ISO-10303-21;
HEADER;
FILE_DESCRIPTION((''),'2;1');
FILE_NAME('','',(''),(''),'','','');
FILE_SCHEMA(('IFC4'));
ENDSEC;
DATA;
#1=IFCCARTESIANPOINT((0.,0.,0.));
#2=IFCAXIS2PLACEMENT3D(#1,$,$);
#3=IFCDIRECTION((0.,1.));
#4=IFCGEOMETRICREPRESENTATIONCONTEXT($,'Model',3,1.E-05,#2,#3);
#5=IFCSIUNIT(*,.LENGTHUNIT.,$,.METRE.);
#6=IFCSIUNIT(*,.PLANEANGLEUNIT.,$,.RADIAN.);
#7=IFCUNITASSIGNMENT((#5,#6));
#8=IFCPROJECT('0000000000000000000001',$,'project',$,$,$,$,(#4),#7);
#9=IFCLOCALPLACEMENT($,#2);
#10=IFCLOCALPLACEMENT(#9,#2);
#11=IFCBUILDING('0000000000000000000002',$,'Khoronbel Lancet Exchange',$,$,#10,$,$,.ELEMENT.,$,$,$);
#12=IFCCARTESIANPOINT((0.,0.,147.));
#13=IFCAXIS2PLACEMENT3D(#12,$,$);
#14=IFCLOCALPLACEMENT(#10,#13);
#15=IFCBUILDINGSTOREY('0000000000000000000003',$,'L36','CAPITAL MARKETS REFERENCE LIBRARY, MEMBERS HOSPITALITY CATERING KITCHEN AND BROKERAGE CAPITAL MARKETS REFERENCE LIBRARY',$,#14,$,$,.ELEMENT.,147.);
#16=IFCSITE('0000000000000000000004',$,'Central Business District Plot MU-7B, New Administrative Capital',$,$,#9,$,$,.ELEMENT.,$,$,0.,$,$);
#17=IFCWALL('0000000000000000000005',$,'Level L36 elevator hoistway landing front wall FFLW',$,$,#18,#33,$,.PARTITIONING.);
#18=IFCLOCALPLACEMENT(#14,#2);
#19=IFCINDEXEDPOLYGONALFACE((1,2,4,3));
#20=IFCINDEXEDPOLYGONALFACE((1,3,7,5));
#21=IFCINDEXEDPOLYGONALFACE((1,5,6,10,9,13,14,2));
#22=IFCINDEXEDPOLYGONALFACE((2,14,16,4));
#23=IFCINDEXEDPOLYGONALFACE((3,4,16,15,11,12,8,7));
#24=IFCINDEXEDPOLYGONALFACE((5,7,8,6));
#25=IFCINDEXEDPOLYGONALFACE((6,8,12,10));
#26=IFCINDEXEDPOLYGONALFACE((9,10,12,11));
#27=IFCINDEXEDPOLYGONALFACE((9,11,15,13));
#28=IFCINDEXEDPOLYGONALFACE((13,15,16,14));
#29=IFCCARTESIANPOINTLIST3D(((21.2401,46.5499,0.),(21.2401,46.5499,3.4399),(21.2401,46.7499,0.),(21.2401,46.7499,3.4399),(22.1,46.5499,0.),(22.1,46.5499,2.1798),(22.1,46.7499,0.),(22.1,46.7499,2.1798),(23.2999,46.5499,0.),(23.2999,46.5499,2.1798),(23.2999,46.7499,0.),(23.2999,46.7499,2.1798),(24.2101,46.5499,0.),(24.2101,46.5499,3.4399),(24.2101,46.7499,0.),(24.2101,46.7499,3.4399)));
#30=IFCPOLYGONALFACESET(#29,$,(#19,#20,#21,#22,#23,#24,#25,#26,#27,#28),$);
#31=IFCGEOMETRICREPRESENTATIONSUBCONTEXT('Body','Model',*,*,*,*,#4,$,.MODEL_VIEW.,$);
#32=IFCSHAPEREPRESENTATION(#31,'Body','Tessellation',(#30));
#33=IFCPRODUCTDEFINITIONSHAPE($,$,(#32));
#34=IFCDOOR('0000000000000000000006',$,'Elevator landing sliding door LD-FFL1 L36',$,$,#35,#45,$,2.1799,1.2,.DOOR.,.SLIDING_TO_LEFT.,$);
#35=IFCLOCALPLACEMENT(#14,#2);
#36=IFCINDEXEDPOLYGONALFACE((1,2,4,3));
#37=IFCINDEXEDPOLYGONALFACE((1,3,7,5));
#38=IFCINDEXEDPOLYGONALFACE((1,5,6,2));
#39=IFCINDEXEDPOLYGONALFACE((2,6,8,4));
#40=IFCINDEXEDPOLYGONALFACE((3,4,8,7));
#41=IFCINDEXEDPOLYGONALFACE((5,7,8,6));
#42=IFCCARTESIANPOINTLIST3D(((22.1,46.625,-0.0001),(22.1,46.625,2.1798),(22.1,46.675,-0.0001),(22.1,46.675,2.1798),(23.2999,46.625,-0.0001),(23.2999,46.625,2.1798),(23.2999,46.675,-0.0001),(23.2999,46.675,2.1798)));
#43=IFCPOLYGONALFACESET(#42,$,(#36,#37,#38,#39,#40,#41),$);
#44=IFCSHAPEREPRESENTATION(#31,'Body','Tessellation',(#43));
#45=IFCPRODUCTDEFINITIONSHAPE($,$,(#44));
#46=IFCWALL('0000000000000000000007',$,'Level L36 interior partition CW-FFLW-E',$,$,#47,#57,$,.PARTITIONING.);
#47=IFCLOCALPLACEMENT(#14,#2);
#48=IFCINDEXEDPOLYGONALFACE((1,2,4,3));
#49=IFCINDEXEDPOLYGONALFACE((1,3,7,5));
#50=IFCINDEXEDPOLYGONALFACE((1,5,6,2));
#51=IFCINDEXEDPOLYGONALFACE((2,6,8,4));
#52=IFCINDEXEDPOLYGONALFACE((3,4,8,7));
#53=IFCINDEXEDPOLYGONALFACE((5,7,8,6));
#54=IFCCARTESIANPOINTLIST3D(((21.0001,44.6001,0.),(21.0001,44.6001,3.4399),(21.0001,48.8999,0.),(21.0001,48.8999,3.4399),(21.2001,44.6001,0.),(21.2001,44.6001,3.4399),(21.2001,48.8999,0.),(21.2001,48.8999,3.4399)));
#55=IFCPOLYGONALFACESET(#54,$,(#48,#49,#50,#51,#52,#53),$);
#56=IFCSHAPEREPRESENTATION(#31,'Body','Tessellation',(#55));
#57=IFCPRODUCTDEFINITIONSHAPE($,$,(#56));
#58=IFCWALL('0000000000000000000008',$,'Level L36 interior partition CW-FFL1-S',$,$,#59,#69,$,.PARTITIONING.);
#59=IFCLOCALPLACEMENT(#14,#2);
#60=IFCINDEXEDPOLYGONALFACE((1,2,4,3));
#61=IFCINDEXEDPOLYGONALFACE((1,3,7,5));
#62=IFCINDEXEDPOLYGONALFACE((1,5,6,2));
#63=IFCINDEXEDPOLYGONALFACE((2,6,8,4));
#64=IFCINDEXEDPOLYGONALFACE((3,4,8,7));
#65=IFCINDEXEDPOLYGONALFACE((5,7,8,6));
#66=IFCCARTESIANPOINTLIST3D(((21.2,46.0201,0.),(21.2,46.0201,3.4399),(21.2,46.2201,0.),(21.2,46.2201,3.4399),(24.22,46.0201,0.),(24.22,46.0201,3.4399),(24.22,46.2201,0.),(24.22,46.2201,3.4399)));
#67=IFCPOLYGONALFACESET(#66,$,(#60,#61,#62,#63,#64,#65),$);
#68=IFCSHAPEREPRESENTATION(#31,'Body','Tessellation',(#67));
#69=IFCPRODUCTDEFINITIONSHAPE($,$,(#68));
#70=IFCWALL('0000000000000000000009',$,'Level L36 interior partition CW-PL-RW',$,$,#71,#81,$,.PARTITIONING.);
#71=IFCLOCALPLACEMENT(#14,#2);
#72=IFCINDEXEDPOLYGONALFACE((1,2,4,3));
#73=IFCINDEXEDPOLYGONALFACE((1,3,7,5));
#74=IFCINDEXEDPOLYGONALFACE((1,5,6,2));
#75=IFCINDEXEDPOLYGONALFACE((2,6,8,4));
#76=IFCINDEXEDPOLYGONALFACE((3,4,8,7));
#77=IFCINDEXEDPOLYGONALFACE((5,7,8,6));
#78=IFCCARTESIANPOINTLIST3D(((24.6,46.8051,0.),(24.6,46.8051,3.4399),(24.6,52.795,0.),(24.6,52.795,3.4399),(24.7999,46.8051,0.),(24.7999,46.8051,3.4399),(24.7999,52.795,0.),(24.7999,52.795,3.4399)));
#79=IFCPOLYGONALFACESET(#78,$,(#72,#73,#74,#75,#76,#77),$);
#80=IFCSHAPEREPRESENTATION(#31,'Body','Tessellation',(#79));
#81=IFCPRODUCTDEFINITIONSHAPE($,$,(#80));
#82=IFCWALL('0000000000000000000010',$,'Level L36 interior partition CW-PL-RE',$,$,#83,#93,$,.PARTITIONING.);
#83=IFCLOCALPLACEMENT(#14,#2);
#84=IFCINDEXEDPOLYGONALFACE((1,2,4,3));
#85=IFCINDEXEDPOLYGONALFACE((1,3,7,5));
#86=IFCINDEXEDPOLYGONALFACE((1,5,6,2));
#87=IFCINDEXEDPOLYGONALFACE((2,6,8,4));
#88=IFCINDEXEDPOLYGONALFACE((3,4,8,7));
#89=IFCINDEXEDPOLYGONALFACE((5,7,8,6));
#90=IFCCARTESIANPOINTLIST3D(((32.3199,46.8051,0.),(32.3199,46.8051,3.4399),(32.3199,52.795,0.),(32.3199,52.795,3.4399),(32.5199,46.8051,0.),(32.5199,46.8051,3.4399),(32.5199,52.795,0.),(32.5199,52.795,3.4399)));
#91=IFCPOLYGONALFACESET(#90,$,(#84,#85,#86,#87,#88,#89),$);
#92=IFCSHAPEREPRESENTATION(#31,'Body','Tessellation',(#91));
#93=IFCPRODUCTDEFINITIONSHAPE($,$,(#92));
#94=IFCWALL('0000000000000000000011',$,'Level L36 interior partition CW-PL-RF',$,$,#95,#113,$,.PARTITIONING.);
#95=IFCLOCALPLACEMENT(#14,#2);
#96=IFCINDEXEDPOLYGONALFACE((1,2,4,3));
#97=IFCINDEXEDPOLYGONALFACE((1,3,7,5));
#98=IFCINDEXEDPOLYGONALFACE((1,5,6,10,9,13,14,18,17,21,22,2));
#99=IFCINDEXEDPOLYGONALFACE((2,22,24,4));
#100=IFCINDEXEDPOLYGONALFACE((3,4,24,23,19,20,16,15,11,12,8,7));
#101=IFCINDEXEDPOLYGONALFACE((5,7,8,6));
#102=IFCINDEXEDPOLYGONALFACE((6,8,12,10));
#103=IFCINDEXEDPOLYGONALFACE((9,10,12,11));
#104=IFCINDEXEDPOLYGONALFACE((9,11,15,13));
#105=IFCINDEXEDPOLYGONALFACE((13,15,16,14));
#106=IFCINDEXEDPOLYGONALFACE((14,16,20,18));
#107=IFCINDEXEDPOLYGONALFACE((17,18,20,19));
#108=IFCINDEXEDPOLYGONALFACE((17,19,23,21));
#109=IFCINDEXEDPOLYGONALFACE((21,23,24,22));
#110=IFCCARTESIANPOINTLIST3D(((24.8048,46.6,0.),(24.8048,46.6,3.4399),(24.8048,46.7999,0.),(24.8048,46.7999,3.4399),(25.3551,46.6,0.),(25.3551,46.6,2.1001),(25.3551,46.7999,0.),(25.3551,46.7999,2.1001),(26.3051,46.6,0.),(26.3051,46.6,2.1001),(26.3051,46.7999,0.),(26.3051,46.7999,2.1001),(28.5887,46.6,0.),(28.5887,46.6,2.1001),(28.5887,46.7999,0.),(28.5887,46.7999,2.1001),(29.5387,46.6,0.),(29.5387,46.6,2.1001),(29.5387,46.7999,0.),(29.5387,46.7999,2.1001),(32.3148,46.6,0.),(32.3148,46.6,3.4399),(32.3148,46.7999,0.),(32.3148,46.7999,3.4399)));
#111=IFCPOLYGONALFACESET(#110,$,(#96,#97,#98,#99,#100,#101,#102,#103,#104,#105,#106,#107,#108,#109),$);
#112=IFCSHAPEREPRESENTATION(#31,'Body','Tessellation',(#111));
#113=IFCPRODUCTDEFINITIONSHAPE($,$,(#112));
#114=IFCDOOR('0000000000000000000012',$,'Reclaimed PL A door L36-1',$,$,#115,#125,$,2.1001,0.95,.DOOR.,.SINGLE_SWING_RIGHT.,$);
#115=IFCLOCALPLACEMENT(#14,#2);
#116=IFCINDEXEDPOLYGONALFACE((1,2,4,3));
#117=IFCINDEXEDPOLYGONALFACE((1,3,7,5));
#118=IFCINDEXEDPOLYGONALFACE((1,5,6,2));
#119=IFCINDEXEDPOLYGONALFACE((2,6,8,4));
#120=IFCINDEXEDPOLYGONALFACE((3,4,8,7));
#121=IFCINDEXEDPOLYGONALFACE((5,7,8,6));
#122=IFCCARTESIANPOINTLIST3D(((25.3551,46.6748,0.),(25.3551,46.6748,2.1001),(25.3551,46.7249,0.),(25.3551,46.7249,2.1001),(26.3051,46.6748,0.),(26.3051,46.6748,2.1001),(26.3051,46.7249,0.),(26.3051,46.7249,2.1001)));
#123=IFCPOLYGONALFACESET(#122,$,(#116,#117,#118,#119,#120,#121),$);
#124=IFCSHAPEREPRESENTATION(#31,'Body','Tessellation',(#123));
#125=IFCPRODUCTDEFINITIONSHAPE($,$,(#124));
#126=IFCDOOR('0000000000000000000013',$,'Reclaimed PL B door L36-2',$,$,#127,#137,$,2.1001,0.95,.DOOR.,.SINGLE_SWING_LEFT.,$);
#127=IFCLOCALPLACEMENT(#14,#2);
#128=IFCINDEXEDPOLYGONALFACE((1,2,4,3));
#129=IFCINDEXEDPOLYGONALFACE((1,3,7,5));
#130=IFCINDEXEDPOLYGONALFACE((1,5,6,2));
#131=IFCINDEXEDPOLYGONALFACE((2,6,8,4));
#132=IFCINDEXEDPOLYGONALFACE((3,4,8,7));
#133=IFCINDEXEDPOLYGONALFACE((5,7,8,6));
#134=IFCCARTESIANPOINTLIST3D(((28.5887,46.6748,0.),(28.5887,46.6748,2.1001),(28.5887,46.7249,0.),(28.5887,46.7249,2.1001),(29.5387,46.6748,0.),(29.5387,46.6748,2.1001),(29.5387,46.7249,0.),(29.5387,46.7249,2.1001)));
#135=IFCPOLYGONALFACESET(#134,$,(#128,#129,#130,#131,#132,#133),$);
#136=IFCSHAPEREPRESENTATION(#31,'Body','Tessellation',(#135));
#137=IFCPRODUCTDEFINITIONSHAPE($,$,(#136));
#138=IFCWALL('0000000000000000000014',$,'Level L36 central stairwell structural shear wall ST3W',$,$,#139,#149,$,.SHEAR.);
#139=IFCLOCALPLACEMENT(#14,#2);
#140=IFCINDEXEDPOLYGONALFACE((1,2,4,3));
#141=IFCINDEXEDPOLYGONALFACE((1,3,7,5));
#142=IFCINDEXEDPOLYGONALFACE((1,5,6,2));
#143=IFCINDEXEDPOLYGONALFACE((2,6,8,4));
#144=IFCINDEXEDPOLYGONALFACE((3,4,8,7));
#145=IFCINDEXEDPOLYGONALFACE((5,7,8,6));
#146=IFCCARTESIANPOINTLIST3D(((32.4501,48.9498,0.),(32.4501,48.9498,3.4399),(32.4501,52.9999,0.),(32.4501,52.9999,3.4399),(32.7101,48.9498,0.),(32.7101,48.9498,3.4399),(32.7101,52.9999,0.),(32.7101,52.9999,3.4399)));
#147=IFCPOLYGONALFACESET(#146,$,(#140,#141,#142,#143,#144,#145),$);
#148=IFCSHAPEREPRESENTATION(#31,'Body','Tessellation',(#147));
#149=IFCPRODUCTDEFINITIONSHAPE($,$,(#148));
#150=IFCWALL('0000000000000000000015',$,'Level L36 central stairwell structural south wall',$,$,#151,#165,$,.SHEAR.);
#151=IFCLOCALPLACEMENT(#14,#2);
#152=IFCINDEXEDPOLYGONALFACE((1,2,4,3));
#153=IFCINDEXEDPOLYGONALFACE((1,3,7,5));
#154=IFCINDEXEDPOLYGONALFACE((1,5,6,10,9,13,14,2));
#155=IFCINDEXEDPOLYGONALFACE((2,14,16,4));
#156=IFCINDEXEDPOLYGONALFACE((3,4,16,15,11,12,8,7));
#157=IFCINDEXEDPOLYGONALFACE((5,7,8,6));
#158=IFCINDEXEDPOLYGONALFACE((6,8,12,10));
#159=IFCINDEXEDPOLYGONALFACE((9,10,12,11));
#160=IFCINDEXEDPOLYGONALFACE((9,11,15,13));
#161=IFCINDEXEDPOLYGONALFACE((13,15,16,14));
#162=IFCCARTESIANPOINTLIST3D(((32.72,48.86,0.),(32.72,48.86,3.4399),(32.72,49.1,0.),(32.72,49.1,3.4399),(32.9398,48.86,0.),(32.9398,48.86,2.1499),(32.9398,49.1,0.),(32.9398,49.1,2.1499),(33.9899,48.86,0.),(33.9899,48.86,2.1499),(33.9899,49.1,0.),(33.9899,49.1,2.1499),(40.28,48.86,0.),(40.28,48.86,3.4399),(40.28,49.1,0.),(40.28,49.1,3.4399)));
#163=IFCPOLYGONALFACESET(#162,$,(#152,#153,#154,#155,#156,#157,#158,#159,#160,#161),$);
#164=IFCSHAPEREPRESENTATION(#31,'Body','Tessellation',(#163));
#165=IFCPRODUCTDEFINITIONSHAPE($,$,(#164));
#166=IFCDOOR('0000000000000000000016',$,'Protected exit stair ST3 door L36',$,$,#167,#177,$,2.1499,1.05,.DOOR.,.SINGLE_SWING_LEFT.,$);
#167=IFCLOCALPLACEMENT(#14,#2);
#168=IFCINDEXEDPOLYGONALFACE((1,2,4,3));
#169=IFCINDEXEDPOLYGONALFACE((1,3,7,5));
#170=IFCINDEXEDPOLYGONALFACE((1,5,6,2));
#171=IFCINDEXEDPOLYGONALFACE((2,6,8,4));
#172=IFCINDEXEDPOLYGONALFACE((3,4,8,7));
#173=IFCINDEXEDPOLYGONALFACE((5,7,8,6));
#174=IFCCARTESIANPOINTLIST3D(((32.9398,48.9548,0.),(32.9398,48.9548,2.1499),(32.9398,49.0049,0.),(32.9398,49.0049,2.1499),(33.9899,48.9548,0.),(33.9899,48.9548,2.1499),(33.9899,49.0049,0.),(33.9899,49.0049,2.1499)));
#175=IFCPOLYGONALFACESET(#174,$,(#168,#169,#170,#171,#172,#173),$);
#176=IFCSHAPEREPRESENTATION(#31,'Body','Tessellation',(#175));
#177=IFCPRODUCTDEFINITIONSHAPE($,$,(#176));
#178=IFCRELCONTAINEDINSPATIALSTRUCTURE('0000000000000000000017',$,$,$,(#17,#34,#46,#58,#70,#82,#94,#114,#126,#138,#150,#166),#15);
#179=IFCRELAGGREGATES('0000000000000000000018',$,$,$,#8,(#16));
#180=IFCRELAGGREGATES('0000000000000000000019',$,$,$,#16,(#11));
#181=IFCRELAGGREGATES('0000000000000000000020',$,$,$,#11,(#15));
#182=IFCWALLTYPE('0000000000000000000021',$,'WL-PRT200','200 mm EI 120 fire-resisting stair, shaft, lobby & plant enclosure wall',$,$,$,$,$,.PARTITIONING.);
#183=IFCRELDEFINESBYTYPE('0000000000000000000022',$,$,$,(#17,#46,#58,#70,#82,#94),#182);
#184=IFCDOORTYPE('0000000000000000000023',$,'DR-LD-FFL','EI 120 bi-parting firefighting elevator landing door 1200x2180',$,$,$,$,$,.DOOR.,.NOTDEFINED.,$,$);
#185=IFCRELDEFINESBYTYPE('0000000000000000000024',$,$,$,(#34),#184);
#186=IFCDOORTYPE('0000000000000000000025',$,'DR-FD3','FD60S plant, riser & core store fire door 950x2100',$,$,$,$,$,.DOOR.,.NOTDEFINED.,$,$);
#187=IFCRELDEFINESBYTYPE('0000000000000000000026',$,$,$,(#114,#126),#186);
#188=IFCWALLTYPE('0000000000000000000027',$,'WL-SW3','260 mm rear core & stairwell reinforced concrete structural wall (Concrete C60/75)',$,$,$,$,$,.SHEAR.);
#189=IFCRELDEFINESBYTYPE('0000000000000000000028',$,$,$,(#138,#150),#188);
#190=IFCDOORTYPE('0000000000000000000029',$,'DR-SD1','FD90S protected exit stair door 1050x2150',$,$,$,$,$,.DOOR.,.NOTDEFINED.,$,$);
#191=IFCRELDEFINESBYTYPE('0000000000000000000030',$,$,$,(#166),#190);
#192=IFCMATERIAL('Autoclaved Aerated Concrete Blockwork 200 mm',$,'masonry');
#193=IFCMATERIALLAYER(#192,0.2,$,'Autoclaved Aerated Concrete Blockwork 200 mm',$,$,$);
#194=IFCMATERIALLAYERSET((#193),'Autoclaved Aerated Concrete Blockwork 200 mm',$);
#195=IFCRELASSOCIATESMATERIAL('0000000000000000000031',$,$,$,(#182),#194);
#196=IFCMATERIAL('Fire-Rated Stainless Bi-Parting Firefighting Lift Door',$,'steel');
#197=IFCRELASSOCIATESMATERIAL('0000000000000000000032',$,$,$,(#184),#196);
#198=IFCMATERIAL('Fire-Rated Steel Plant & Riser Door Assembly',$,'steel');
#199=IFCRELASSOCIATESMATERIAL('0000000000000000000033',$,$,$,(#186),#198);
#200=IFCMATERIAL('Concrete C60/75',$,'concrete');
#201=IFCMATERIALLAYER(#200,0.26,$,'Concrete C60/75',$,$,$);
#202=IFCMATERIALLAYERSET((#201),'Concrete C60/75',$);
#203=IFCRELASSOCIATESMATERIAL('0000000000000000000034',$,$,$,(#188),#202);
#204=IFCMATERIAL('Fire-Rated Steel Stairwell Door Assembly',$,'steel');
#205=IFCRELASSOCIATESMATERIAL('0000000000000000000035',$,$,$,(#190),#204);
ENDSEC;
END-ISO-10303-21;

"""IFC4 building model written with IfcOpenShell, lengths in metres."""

from ifc_helpers import new_model, si_unit, direction, frame, frame_2d, origin, place, context, subcontext, project, spatial, rectangle, extrude, material, layer, layer_set, type_object, element, fill, save


model = new_model("IFC4")

# Units and contexts
model_context = context("Model", 3, precision=1e-05, world=origin(), true_north=direction((0.0, 1.0)))
body_context = subcontext(model_context, "Body", "Model", "MODEL_VIEW")
ifc_project = project(units=[si_unit("LENGTHUNIT", "METRE"), si_unit("PLANEANGLEUNIT", "RADIAN")], contexts=[model_context])

# Site, building, storey
site_placement = place(None, origin())
site = spatial("IfcSite", under=ifc_project, at=site_placement, Name="Central Business District Plot MU-7B, New Administrative Capital", CompositionType="ELEMENT", RefElevation=0.0)
building_placement = place(site_placement, origin())
building = spatial("IfcBuilding", under=site, at=building_placement, Name="Khoronbel Lancet Exchange", CompositionType="ELEMENT")
storey_placement = place(building_placement, frame((0.0, 0.0, 147.0)))
storey = spatial("IfcBuildingStorey", under=building, at=storey_placement, Name="L36", Description="CAPITAL MARKETS REFERENCE LIBRARY, MEMBERS HOSPITALITY CATERING KITCHEN AND BROKERAGE CAPITAL MARKETS REFERENCE LIBRARY", CompositionType="ELEMENT", Elevation=147.0)

# Wall, opening, door
ifc_material_1 = material(Name="Autoclaved Aerated Concrete Blockwork 200 mm", Category="masonry")
ifc_layer_1 = layer(ifc_material_1, 0.2, Name="Autoclaved Aerated Concrete Blockwork 200 mm")
ifc_layer_set_1 = layer_set([ifc_layer_1], Name="Autoclaved Aerated Concrete Blockwork 200 mm")
wall_type_1 = type_object("IfcWallType", Name="WL-PRT200", Description="200 mm EI 120 fire-resisting stair, shaft, lobby & plant enclosure wall", PredefinedType="PARTITIONING", material=ifc_layer_set_1)
wall_1_placement = place(storey_placement, frame((24.21, 46.6499, 0.0), z_axis=(0.0, 0.0, 1.0), x_axis=(-1.0, 0.0, 0.0)))
wall_1 = element("IfcWall", 1, at=wall_1_placement, inside=storey, type_object=wall_type_1, Name="Level L36 elevator hoistway landing front wall FFLW", PredefinedType="PARTITIONING", context=body_context, shape_type="SweptSolid", body=[
    extrude(rectangle(XDim=2.97, YDim=0.2, at=frame_2d((1.4849, 0.0))), origin(), (0.0, 0.0, 1.0), 3.4399),
])
opening_1_placement = place(wall_1_placement, frame((0.9099, 0.0, 0.0)))
opening_1 = element("IfcOpeningElement", 2, at=opening_1_placement, cuts=wall_1, PredefinedType="OPENING", context=body_context, shape_type="SweptSolid", body=[
    extrude(rectangle(XDim=1.2, YDim=2.1799, at=frame_2d((0.6001, 1.0898))), frame((0.0, 0.1099, 0.0), z_axis=(0.0, -1.0, 0.0), x_axis=(1.0, 0.0, 0.0)), (0.0, 0.0, 1.0), 0.22),
])
ifc_material_2 = material(Name="Fire-Rated Stainless Bi-Parting Firefighting Lift Door", Category="steel")
door_type_1 = type_object("IfcDoorType", Name="DR-LD-FFL", Description="EI 120 bi-parting firefighting elevator landing door 1200x2180", OperationType="NOTDEFINED", PredefinedType="DOOR", material=ifc_material_2)
door_1_placement = place(opening_1_placement, origin())
door_1 = element("IfcDoor", 3, at=door_1_placement, inside=storey, type_object=door_type_1, Name="Elevator landing sliding door LD-FFL1 L36", OperationType="SLIDING_TO_LEFT", OverallHeight=2.1799, OverallWidth=1.2, PredefinedType="DOOR", context=body_context, shape_type="SweptSolid", body=[
    extrude(rectangle(XDim=1.2, YDim=2.1799, at=frame_2d((0.6001, 1.0898))), frame((0.0, 0.0249, 0.0), z_axis=(0.0, -1.0, 0.0), x_axis=(1.0, 0.0, 0.0)), (0.0, 0.0, 1.0), 0.05),
])
fill(opening_1, door_1)

# Walls
wall_2_placement = place(storey_placement, frame((21.1001, 44.6001, 0.0), z_axis=(0.0, 0.0, 1.0), x_axis=(0.0, 1.0, 0.0)))
element("IfcWall", 4, at=wall_2_placement, inside=storey, type_object=wall_type_1, Name="Level L36 interior partition CW-FFLW-E", PredefinedType="PARTITIONING", context=body_context, shape_type="SweptSolid", body=[
    extrude(rectangle(XDim=4.2998, YDim=0.2, at=frame_2d((2.1499, 0.0))), origin(), (0.0, 0.0, 1.0), 3.4399),
])
wall_3_placement = place(storey_placement, frame((21.2, 46.1201, 0.0), z_axis=(0.0, 0.0, 1.0), x_axis=(1.0, 0.0, 0.0)))
element("IfcWall", 5, at=wall_3_placement, inside=storey, type_object=wall_type_1, Name="Level L36 interior partition CW-FFL1-S", PredefinedType="PARTITIONING", context=body_context, shape_type="SweptSolid", body=[
    extrude(rectangle(XDim=3.02, YDim=0.2, at=frame_2d((1.51, 0.0))), origin(), (0.0, 0.0, 1.0), 3.4399),
])
for number, where, z_axis, x_axis, name in (
    (6, (24.7, 46.8049, 0.0), (0.0, 0.0, 1.0), (0.0, 1.0, 0.0), "Level L36 interior partition CW-PL-RW"),
    (7, (32.4199, 46.8049, 0.0), (0.0, 0.0, 1.0), (0.0, 1.0, 0.0), "Level L36 interior partition CW-PL-RE"),
):
    element("IfcWall", number, at=place(storey_placement, frame(where, z_axis=z_axis, x_axis=x_axis)), inside=storey, type_object=wall_type_1, Name=name, PredefinedType="PARTITIONING", context=body_context, shape_type="SweptSolid", body=[
        extrude(rectangle(XDim=5.99, YDim=0.2, at=frame_2d((2.9951, 0.0))), origin(), (0.0, 0.0, 1.0), 3.4399),
    ])

# Wall, openings, doors
wall_4_placement = place(storey_placement, frame((24.8049, 46.7, 0.0), z_axis=(0.0, 0.0, 1.0), x_axis=(1.0, 0.0, 0.0)))
wall_4 = element("IfcWall", 8, at=wall_4_placement, inside=storey, type_object=wall_type_1, Name="Level L36 interior partition CW-PL-RF", PredefinedType="PARTITIONING", context=body_context, shape_type="SweptSolid", body=[
    extrude(rectangle(XDim=7.51, YDim=0.2, at=frame_2d((3.7549, 0.0))), origin(), (0.0, 0.0, 1.0), 3.4399),
])
opening_2_placement = place(wall_4_placement, frame((0.55, 0.0, 0.0)))
opening_2 = element("IfcOpeningElement", 9, at=opening_2_placement, cuts=wall_4, PredefinedType="OPENING", context=body_context, shape_type="SweptSolid", body=[
    extrude(rectangle(XDim=0.95, YDim=2.1001, at=frame_2d((0.4751, 1.05))), frame((0.0, 0.1099, 0.0), z_axis=(0.0, -1.0, 0.0), x_axis=(1.0, 0.0, 0.0)), (0.0, 0.0, 1.0), 0.22),
])
opening_3_placement = place(wall_4_placement, frame((3.7837, 0.0, 0.0)))
opening_3 = element("IfcOpeningElement", 10, at=opening_3_placement, cuts=wall_4, PredefinedType="OPENING", context=body_context, shape_type="SweptSolid", body=[
    extrude(rectangle(XDim=0.95, YDim=2.1001, at=frame_2d((0.4751, 1.05))), frame((0.0, 0.1099, 0.0), z_axis=(0.0, -1.0, 0.0), x_axis=(1.0, 0.0, 0.0)), (0.0, 0.0, 1.0), 0.22),
])
ifc_material_3 = material(Name="Fire-Rated Steel Plant & Riser Door Assembly", Category="steel")
door_type_2 = type_object("IfcDoorType", Name="DR-FD3", Description="FD60S plant, riser & core store fire door 950x2100", OperationType="NOTDEFINED", PredefinedType="DOOR", material=ifc_material_3)
door_2_placement = place(opening_2_placement, origin())
door_2 = element("IfcDoor", 11, at=door_2_placement, inside=storey, type_object=door_type_2, Name="Reclaimed PL A door L36-1", OperationType="SINGLE_SWING_RIGHT", OverallHeight=2.1001, OverallWidth=0.95, PredefinedType="DOOR", context=body_context, shape_type="SweptSolid", body=[
    extrude(rectangle(XDim=0.95, YDim=2.1001, at=frame_2d((0.4751, 1.05))), frame((0.0, 0.0249, 0.0), z_axis=(0.0, -1.0, 0.0), x_axis=(1.0, 0.0, 0.0)), (0.0, 0.0, 1.0), 0.05),
])
fill(opening_2, door_2)
door_3_placement = place(opening_3_placement, origin())
door_3 = element("IfcDoor", 12, at=door_3_placement, inside=storey, type_object=door_type_2, Name="Reclaimed PL B door L36-2", OperationType="SINGLE_SWING_LEFT", OverallHeight=2.1001, OverallWidth=0.95, PredefinedType="DOOR", context=body_context, shape_type="SweptSolid", body=[
    extrude(rectangle(XDim=0.95, YDim=2.1001, at=frame_2d((0.4751, 1.05))), frame((0.0, 0.0249, 0.0), z_axis=(0.0, -1.0, 0.0), x_axis=(1.0, 0.0, 0.0)), (0.0, 0.0, 1.0), 0.05),
])
fill(opening_3, door_3)

# Wall
ifc_material_4 = material(Name="Concrete C60/75", Category="concrete")
ifc_layer_2 = layer(ifc_material_4, 0.26, Name="Concrete C60/75")
ifc_layer_set_2 = layer_set([ifc_layer_2], Name="Concrete C60/75")
wall_type_2 = type_object("IfcWallType", Name="WL-SW3", Description="260 mm rear core & stairwell reinforced concrete structural wall (Concrete C60/75)", PredefinedType="SHEAR", material=ifc_layer_set_2)
wall_5_placement = place(storey_placement, frame((32.5801, 48.95, 0.0), z_axis=(0.0, 0.0, 1.0), x_axis=(0.0, 1.0, 0.0)))
element("IfcWall", 13, at=wall_5_placement, inside=storey, type_object=wall_type_2, Name="Level L36 central stairwell structural shear wall ST3W", PredefinedType="SHEAR", context=body_context, shape_type="SweptSolid", body=[
    extrude(rectangle(XDim=4.05, YDim=0.26, at=frame_2d((2.0249, 0.0))), origin(), (0.0, 0.0, 1.0), 3.4399),
])

# Wall, opening, door
wall_6_placement = place(storey_placement, frame((32.72, 48.98, 0.0), z_axis=(0.0, 0.0, 1.0), x_axis=(1.0, 0.0, 0.0)))
wall_6 = element("IfcWall", 14, at=wall_6_placement, inside=storey, type_object=wall_type_2, Name="Level L36 central stairwell structural south wall", PredefinedType="SHEAR", context=body_context, shape_type="SweptSolid", body=[
    extrude(rectangle(XDim=7.5601, YDim=0.24, at=frame_2d((3.78, 0.0))), origin(), (0.0, 0.0, 1.0), 3.4399),
])
opening_4_placement = place(wall_6_placement, frame((0.22, 0.0, 0.0)))
opening_4 = element("IfcOpeningElement", 15, at=opening_4_placement, cuts=wall_6, PredefinedType="OPENING", context=body_context, shape_type="SweptSolid", body=[
    extrude(rectangle(XDim=1.05, YDim=2.1499, at=frame_2d((0.5249, 1.075))), frame((0.0, 0.1299, 0.0), z_axis=(0.0, -1.0, 0.0), x_axis=(1.0, 0.0, 0.0)), (0.0, 0.0, 1.0), 0.26),
])
ifc_material_5 = material(Name="Fire-Rated Steel Stairwell Door Assembly", Category="steel")
door_type_3 = type_object("IfcDoorType", Name="DR-SD1", Description="FD90S protected exit stair door 1050x2150", OperationType="NOTDEFINED", PredefinedType="DOOR", material=ifc_material_5)
door_4_placement = place(opening_4_placement, origin())
door_4 = element("IfcDoor", 16, at=door_4_placement, inside=storey, type_object=door_type_3, Name="Protected exit stair ST3 door L36", OperationType="SINGLE_SWING_LEFT", OverallHeight=2.1499, OverallWidth=1.05, PredefinedType="DOOR", context=body_context, shape_type="SweptSolid", body=[
    extrude(rectangle(XDim=1.05, YDim=2.1499, at=frame_2d((0.5249, 1.075))), frame((0.0, 0.0249, 0.0), z_axis=(0.0, -1.0, 0.0), x_axis=(1.0, 0.0, 0.0)), (0.0, 0.0, 1.0), 0.05),
])
fill(opening_4, door_4)

save(model, "model.ifc")
